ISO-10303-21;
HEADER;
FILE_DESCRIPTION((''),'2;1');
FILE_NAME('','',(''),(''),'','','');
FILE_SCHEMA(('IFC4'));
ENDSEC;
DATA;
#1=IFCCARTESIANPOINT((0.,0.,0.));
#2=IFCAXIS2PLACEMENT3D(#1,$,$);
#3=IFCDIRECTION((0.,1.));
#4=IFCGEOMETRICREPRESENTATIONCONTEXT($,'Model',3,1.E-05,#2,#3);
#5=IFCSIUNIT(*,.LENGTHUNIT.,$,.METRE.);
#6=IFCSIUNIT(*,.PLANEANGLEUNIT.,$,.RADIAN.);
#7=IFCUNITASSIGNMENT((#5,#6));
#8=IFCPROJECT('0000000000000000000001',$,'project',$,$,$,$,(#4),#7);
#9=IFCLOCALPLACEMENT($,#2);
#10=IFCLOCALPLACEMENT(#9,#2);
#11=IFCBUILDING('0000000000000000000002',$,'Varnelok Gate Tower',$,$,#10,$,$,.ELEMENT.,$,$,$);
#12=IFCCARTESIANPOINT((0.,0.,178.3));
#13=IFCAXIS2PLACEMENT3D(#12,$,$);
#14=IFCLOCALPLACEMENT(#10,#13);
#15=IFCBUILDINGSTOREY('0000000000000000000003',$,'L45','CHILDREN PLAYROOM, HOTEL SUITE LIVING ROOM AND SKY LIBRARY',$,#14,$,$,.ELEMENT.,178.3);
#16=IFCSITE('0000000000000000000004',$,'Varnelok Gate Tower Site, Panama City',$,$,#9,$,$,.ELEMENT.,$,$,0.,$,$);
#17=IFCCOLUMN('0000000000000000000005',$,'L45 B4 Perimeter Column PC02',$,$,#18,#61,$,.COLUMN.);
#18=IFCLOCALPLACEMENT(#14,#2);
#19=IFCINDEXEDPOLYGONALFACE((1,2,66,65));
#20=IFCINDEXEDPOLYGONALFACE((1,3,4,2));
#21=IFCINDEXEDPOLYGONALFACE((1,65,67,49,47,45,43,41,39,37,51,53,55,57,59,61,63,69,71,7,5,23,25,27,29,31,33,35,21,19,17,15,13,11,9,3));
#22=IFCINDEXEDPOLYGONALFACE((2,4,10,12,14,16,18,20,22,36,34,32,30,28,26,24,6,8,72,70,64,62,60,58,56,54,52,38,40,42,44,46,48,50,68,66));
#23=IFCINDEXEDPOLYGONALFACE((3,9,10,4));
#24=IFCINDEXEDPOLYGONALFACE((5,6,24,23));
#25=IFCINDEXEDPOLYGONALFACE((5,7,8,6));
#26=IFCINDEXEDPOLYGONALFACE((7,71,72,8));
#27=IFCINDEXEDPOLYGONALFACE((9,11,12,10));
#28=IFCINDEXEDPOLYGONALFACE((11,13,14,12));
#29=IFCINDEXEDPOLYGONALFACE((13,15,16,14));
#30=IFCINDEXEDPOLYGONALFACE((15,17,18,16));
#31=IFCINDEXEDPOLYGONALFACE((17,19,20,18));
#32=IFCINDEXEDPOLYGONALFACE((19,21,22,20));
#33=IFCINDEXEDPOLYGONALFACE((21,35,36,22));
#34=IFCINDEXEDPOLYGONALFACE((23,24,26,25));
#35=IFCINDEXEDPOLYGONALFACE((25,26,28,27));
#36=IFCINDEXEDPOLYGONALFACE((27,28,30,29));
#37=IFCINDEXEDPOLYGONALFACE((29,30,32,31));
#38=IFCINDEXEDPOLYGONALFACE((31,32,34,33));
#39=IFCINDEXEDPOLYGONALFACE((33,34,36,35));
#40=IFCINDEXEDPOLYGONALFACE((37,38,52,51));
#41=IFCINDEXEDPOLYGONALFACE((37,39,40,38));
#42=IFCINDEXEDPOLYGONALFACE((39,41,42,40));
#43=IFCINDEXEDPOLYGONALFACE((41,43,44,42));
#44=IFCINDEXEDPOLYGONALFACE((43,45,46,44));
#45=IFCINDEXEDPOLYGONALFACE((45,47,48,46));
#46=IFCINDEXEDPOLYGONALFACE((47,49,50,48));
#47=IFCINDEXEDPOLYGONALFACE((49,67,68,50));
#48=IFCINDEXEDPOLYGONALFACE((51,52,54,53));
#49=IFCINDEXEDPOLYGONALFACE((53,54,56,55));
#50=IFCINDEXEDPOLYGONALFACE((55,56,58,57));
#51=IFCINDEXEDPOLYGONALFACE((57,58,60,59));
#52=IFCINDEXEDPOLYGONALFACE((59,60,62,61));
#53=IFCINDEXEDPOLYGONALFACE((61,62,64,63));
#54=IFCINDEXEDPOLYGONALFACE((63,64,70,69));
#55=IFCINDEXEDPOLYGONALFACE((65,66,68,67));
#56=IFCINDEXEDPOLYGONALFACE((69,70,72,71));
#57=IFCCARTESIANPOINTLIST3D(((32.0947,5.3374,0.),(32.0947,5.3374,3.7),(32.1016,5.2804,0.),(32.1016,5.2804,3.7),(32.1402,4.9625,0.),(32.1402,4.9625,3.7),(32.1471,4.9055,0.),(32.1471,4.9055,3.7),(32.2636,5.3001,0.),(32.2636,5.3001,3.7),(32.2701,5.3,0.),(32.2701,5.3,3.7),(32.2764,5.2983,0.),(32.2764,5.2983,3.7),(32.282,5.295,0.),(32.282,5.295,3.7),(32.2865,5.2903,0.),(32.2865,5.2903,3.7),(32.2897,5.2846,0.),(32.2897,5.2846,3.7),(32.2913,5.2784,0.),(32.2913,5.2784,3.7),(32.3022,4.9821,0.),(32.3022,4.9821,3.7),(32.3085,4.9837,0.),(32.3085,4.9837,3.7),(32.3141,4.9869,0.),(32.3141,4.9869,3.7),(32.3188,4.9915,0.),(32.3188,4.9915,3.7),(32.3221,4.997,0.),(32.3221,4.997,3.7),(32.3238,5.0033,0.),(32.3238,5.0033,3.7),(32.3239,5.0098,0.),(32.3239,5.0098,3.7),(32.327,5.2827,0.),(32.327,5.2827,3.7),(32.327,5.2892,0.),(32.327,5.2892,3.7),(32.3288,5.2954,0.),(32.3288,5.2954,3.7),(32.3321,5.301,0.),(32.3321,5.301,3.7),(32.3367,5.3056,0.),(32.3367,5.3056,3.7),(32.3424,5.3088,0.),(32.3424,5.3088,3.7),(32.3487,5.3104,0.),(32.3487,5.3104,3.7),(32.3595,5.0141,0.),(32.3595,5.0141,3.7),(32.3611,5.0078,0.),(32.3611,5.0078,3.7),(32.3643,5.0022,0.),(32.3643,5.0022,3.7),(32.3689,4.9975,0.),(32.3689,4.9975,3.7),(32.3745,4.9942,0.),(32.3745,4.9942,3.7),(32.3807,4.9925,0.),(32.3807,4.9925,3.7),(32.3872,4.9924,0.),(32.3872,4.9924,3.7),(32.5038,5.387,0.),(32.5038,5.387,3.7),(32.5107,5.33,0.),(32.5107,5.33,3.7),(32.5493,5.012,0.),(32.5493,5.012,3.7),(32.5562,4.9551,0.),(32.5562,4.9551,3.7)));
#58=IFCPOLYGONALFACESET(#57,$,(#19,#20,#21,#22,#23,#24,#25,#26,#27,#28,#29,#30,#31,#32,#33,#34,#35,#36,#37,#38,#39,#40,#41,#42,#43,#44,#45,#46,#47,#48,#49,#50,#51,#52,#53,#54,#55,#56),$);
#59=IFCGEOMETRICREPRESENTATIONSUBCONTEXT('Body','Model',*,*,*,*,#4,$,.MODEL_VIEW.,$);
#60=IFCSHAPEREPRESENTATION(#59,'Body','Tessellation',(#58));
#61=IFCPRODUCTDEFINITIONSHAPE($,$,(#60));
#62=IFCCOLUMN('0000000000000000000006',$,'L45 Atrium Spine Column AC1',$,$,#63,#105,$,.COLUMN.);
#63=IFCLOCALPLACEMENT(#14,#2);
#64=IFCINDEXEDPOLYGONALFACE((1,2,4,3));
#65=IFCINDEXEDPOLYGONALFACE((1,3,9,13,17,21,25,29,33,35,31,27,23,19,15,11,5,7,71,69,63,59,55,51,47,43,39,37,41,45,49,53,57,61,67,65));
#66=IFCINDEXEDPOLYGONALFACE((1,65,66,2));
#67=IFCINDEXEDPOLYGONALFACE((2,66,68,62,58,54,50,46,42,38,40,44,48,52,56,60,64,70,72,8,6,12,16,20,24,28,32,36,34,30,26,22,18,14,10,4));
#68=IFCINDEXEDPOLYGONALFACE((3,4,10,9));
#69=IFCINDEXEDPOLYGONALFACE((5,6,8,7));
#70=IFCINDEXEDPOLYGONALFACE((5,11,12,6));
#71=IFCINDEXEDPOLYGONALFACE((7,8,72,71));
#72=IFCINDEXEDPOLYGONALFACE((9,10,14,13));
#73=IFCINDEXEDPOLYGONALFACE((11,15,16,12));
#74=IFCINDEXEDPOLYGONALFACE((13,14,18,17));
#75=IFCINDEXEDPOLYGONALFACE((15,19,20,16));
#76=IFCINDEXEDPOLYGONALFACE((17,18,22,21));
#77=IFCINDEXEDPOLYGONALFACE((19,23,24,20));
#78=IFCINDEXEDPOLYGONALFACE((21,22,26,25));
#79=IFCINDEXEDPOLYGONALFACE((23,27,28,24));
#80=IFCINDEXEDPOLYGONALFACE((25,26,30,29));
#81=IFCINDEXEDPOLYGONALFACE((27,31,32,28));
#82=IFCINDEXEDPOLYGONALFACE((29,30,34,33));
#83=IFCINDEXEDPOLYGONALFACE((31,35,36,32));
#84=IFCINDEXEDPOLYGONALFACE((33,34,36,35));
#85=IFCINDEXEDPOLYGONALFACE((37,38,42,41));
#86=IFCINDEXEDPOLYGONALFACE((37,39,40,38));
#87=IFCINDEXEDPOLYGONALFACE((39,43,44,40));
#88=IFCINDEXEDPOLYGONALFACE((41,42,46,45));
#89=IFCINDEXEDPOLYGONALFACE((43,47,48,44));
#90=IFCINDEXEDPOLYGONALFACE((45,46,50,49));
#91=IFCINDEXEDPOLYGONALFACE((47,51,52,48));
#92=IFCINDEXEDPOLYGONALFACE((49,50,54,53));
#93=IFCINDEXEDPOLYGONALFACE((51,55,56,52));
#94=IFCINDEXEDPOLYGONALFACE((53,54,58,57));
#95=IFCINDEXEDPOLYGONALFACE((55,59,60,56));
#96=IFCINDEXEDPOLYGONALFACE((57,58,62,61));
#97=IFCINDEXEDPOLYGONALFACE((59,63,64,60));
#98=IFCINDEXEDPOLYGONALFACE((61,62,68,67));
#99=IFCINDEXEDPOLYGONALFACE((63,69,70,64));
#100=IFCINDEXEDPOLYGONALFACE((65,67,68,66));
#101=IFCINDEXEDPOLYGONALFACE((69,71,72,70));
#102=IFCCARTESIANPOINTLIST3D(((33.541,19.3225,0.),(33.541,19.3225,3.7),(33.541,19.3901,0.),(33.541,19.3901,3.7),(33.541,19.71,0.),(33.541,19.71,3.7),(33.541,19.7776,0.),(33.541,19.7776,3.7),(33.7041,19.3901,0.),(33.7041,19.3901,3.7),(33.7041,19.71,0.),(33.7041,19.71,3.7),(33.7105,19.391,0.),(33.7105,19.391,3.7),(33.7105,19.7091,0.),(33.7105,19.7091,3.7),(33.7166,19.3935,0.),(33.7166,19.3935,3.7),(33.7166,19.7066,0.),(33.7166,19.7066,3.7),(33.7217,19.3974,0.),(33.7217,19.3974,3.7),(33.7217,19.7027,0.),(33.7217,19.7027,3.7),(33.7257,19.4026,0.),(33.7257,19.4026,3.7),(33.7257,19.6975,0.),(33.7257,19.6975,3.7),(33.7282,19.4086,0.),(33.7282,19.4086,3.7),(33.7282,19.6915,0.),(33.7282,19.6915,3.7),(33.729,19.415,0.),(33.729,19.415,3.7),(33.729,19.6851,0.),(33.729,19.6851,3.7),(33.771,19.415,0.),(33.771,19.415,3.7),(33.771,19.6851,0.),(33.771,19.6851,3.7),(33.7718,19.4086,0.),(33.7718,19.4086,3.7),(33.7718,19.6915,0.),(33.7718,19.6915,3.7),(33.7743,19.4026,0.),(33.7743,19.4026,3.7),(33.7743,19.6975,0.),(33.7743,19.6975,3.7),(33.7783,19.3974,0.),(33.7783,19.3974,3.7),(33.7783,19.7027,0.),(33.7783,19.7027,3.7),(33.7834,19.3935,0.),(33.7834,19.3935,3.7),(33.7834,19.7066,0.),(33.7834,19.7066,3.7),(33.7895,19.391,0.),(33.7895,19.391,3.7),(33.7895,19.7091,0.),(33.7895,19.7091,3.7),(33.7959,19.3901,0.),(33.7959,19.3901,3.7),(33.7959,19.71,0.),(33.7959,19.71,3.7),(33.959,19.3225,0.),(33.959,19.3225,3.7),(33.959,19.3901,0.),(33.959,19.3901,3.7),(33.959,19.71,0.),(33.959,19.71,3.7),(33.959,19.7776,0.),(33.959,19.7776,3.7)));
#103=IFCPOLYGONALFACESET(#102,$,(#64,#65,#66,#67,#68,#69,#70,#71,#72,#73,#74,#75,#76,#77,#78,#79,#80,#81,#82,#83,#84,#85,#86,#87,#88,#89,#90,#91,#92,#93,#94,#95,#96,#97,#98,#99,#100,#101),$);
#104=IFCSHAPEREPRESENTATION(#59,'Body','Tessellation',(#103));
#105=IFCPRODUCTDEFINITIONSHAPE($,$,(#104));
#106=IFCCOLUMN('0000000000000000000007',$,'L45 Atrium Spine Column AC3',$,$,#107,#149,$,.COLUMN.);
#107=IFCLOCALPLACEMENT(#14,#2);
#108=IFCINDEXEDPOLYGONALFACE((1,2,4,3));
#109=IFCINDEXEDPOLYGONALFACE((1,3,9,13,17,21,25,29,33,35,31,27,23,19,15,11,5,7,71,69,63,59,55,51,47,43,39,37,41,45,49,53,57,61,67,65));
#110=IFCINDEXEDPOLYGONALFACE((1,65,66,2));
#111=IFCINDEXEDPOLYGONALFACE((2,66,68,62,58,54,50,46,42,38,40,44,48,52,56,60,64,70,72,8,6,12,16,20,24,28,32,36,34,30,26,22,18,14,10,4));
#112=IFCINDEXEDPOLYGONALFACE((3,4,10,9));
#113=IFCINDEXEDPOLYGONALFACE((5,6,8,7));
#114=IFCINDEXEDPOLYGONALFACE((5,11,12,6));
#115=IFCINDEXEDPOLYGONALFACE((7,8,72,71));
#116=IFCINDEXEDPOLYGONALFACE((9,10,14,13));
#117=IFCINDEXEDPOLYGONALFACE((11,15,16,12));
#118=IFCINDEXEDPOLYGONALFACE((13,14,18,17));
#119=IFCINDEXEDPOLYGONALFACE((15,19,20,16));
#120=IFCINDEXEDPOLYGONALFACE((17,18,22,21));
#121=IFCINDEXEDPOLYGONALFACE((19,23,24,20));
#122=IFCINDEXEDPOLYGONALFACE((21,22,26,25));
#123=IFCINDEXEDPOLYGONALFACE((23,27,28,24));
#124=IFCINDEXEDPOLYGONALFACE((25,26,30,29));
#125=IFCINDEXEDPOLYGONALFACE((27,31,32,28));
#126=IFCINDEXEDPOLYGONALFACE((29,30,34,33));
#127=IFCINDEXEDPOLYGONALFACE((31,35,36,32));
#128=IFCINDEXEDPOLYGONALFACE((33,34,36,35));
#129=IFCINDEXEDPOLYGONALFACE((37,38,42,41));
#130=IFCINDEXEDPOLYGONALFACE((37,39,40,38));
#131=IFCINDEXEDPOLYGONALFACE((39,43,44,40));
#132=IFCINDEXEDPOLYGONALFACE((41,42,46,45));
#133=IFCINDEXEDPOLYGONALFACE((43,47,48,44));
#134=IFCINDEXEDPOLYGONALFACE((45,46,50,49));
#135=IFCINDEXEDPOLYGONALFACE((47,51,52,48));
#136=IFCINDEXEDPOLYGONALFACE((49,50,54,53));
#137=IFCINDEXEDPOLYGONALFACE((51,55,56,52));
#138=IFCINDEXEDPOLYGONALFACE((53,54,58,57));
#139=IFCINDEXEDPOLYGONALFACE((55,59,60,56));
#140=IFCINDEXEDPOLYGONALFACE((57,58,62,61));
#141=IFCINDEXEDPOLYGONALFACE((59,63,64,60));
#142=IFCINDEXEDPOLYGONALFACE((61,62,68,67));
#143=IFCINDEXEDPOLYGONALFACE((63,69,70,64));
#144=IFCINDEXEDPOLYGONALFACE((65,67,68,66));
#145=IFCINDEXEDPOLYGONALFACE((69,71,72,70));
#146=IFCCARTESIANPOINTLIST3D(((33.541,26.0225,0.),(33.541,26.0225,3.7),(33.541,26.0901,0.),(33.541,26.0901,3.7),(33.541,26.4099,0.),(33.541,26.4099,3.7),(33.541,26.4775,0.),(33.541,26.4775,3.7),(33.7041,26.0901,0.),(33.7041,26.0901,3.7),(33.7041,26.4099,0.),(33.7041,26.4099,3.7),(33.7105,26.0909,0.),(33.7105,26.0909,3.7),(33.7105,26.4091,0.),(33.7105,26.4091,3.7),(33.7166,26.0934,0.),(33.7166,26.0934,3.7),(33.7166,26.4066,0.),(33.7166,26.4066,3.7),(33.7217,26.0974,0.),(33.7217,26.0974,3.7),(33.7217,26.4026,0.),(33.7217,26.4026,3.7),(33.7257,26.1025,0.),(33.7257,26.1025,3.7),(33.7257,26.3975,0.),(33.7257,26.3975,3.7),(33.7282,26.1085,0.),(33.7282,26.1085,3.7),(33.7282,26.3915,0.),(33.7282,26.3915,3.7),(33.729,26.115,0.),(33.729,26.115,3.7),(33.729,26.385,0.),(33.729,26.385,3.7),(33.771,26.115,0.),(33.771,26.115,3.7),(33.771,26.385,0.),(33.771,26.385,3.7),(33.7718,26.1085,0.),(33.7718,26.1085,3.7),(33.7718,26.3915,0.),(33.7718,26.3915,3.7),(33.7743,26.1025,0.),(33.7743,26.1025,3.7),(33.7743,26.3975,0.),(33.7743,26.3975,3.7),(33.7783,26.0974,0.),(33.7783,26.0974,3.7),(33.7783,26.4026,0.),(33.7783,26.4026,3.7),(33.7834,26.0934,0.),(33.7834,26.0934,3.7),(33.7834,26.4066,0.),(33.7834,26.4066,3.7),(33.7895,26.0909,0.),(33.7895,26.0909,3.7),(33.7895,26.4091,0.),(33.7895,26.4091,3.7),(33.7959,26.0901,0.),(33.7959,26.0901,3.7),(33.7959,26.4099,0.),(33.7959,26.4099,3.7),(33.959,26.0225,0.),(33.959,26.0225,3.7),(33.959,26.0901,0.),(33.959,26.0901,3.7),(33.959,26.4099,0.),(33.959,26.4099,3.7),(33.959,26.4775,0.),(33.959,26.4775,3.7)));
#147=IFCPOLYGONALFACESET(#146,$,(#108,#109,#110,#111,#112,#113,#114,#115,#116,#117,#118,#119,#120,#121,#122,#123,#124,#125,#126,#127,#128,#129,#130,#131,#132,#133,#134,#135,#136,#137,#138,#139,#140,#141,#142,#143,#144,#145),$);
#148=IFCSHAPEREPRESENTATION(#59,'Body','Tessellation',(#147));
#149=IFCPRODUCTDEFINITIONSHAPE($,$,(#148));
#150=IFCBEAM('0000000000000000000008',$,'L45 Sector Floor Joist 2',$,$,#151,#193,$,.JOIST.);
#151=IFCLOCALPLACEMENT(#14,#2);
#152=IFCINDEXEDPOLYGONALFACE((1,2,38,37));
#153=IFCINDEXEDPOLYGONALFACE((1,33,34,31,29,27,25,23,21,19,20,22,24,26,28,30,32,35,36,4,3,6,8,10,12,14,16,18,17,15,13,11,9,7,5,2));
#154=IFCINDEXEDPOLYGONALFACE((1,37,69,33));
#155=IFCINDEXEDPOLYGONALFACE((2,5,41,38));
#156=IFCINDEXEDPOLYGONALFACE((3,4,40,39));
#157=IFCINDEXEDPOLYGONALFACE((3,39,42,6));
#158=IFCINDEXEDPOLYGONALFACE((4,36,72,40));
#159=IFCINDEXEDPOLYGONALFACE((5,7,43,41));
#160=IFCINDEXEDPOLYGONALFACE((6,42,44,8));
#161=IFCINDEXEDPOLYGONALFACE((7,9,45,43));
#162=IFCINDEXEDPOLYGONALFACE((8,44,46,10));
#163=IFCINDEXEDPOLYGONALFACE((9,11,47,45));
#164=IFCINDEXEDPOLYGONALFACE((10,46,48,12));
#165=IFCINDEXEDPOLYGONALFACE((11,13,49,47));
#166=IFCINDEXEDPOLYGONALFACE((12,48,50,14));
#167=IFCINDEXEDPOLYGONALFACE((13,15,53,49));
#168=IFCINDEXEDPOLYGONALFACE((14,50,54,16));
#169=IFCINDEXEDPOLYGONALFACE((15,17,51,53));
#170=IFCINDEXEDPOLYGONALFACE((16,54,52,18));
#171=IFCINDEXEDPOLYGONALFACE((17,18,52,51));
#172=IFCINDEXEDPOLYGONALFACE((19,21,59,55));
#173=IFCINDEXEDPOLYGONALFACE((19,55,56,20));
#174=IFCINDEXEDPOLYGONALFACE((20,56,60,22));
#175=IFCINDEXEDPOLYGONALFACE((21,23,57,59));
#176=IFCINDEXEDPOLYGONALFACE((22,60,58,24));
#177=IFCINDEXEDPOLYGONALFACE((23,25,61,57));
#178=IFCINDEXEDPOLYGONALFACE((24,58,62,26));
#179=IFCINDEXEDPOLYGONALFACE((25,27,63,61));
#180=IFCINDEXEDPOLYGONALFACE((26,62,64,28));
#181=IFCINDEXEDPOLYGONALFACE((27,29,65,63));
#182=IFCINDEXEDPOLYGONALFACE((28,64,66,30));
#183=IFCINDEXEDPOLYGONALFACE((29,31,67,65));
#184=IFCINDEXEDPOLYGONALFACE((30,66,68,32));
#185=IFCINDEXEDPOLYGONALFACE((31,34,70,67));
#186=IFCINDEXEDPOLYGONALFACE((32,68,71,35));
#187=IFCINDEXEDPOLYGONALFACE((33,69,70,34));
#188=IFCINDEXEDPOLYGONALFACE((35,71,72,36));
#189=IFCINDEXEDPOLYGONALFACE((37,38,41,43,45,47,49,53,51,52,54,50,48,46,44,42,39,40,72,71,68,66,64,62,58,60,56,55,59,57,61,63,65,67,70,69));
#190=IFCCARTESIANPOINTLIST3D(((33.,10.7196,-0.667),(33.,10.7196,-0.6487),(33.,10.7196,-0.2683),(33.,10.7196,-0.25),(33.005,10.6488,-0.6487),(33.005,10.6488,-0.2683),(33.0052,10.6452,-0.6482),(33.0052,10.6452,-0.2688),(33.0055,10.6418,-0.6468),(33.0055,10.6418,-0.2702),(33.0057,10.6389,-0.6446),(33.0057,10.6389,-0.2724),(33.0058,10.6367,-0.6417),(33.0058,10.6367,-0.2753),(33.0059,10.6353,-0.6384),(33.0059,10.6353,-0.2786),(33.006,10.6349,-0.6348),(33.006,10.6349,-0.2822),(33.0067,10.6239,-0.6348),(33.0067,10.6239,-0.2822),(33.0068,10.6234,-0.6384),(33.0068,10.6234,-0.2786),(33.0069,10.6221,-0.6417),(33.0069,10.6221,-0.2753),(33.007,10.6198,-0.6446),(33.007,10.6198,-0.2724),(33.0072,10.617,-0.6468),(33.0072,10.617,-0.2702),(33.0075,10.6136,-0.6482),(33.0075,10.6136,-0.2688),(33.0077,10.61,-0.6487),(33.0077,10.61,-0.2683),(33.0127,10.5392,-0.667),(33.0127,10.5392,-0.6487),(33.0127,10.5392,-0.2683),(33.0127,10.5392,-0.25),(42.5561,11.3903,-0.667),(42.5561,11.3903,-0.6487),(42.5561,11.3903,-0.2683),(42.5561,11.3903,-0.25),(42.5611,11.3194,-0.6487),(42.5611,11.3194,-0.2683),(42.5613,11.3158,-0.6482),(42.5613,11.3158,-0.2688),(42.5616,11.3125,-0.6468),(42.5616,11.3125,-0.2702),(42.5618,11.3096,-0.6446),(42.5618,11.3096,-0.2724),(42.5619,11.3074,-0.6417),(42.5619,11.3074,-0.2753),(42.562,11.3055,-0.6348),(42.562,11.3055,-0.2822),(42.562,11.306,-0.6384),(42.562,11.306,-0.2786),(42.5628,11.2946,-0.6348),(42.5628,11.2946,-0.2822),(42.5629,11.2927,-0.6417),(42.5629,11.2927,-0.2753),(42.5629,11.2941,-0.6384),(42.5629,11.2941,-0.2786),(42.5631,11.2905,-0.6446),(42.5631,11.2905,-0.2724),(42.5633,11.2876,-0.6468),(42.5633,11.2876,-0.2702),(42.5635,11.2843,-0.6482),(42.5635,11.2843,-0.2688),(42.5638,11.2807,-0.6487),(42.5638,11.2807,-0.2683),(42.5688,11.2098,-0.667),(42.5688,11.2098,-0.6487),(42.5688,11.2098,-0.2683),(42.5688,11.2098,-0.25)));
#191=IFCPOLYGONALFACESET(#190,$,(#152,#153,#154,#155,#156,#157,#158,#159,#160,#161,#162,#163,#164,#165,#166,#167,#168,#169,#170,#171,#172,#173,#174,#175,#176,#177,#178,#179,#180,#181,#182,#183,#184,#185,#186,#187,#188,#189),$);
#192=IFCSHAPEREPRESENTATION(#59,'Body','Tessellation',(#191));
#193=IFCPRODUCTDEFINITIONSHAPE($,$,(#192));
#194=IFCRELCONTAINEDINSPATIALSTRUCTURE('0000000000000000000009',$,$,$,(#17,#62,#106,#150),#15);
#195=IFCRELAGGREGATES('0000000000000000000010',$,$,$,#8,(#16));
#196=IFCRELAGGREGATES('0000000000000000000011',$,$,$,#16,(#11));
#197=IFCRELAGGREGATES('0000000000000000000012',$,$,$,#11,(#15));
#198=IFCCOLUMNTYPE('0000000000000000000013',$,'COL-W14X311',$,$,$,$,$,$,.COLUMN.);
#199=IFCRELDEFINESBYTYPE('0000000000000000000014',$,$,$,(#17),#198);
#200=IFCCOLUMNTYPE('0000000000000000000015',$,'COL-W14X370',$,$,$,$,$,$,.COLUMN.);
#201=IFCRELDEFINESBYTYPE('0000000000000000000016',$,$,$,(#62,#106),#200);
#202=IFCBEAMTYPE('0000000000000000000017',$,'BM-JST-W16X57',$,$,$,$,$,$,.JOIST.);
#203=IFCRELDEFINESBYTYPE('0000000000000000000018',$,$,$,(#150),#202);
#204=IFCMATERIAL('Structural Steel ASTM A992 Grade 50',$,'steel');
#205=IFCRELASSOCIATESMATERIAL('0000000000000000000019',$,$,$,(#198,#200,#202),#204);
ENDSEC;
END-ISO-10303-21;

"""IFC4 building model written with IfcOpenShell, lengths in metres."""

from ifc_helpers import new_model, si_unit, direction, frame, origin, origin_2d, place, context, subcontext, project, spatial, i_section, extrude, material, material_profile, profile_set, type_object, element, save


model = new_model("IFC4")

# Units and contexts
model_context = context("Model", 3, precision=1e-05, world=origin(), true_north=direction((0.0, 1.0)))
body_context = subcontext(model_context, "Body", "Model", "MODEL_VIEW")
ifc_project = project(units=[si_unit("LENGTHUNIT", "METRE"), si_unit("PLANEANGLEUNIT", "RADIAN")], contexts=[model_context])

# Site, building, storey
site_placement = place(None, origin())
site = spatial("IfcSite", under=ifc_project, at=site_placement, Name="Varnelok Gate Tower Site, Panama City", CompositionType="ELEMENT", RefElevation=0.0)
building_placement = place(site_placement, origin())
building = spatial("IfcBuilding", under=site, at=building_placement, Name="Varnelok Gate Tower", CompositionType="ELEMENT")
storey_placement = place(building_placement, frame((0.0, 0.0, 178.3)))
storey = spatial("IfcBuildingStorey", under=building, at=storey_placement, Name="L45", Description="CHILDREN PLAYROOM, HOTEL SUITE LIVING ROOM AND SKY LIBRARY", CompositionType="ELEMENT", Elevation=178.3)

# Columns
ifc_material_1 = material(Name="Structural Steel ASTM A992 Grade 50", Category="steel")
ifc_material_profile_1 = material_profile(ifc_material_1, i_section(OverallWidth=0.4121, OverallDepth=0.4351, WebThickness=0.0359, FlangeThickness=0.0574, FilletRadius=0.0249, at=origin_2d()), Name="W14X311")
ifc_profile_set_1 = profile_set([ifc_material_profile_1], Name="Structural Steel ASTM A992 Grade 50")
column_type_1 = type_object("IfcColumnType", Name="COL-W14X311", PredefinedType="COLUMN", material=ifc_profile_set_1)
column_placement = place(storey_placement, frame((32.3254, 5.1462, 0.0), z_axis=(0.0, 0.0, 1.0), x_axis=(0.992732, 0.120345, 0.0)))
element("IfcColumn", 1, at=column_placement, inside=storey, type_object=column_type_1, Name="L45 B4 Perimeter Column PC02", PredefinedType="COLUMN", context=body_context, shape_type="SweptSolid", body=[
    extrude(i_section(OverallWidth=0.4121, OverallDepth=0.4351, WebThickness=0.0359, FlangeThickness=0.0574, FilletRadius=0.0249, at=origin_2d()), origin(), (0.0, 0.0, 1.0), 3.7),
])
ifc_material_profile_2 = material_profile(ifc_material_1, i_section(OverallWidth=0.418, OverallDepth=0.4551, WebThickness=0.042, FlangeThickness=0.0676, FilletRadius=0.0249, at=origin_2d()), Name="W14X370")
ifc_profile_set_2 = profile_set([ifc_material_profile_2], Name="Structural Steel ASTM A992 Grade 50")
column_type_2 = type_object("IfcColumnType", Name="COL-W14X370", PredefinedType="COLUMN", material=ifc_profile_set_2)
for number, where, z_axis, x_axis, name in (
    (2, (33.75, 19.55, 0.0), (0.0, 0.0, 1.0), (1.0, 0.0, 0.0), "L45 Atrium Spine Column AC1"),
    (3, (33.75, 26.25, 0.0), (0.0, 0.0, 1.0), (1.0, 0.0, 0.0), "L45 Atrium Spine Column AC3"),
):
    element("IfcColumn", number, at=place(storey_placement, frame(where, z_axis=z_axis, x_axis=x_axis)), inside=storey, type_object=column_type_2, Name=name, PredefinedType="COLUMN", context=body_context, shape_type="SweptSolid", body=[
        extrude(i_section(OverallWidth=0.418, OverallDepth=0.4551, WebThickness=0.042, FlangeThickness=0.0676, FilletRadius=0.0249, at=origin_2d()), origin(), (0.0, 0.0, 1.0), 3.7),
    ])

# Beam
ifc_material_profile_3 = material_profile(ifc_material_1, i_section(OverallWidth=0.1809, OverallDepth=0.417, WebThickness=0.011, FlangeThickness=0.0183, FilletRadius=0.0139, at=origin_2d()), Name="W16X57")
ifc_profile_set_3 = profile_set([ifc_material_profile_3], Name="Structural Steel ASTM A992 Grade 50")
beam_type_1 = type_object("IfcBeamType", Name="BM-JST-W16X57", PredefinedType="JOIST", material=ifc_profile_set_3)
beam_1_placement = place(storey_placement, frame((33.0063, 10.6294, -0.4585), z_axis=(0.997546, 0.070008, 0.0), x_axis=(-0.070008, 0.997546, 0.0)))
element("IfcBeam", 4, at=beam_1_placement, inside=storey, type_object=beam_type_1, Name="L45 Sector Floor Joist 2", PredefinedType="JOIST", context=body_context, shape_type="SweptSolid", body=[
    extrude(i_section(OverallWidth=0.1809, OverallDepth=0.417, WebThickness=0.011, FlangeThickness=0.0183, FilletRadius=0.0139, at=origin_2d()), origin(), (0.0, 0.0, 1.0), 9.5796),
])

save(model, "model.ifc")
